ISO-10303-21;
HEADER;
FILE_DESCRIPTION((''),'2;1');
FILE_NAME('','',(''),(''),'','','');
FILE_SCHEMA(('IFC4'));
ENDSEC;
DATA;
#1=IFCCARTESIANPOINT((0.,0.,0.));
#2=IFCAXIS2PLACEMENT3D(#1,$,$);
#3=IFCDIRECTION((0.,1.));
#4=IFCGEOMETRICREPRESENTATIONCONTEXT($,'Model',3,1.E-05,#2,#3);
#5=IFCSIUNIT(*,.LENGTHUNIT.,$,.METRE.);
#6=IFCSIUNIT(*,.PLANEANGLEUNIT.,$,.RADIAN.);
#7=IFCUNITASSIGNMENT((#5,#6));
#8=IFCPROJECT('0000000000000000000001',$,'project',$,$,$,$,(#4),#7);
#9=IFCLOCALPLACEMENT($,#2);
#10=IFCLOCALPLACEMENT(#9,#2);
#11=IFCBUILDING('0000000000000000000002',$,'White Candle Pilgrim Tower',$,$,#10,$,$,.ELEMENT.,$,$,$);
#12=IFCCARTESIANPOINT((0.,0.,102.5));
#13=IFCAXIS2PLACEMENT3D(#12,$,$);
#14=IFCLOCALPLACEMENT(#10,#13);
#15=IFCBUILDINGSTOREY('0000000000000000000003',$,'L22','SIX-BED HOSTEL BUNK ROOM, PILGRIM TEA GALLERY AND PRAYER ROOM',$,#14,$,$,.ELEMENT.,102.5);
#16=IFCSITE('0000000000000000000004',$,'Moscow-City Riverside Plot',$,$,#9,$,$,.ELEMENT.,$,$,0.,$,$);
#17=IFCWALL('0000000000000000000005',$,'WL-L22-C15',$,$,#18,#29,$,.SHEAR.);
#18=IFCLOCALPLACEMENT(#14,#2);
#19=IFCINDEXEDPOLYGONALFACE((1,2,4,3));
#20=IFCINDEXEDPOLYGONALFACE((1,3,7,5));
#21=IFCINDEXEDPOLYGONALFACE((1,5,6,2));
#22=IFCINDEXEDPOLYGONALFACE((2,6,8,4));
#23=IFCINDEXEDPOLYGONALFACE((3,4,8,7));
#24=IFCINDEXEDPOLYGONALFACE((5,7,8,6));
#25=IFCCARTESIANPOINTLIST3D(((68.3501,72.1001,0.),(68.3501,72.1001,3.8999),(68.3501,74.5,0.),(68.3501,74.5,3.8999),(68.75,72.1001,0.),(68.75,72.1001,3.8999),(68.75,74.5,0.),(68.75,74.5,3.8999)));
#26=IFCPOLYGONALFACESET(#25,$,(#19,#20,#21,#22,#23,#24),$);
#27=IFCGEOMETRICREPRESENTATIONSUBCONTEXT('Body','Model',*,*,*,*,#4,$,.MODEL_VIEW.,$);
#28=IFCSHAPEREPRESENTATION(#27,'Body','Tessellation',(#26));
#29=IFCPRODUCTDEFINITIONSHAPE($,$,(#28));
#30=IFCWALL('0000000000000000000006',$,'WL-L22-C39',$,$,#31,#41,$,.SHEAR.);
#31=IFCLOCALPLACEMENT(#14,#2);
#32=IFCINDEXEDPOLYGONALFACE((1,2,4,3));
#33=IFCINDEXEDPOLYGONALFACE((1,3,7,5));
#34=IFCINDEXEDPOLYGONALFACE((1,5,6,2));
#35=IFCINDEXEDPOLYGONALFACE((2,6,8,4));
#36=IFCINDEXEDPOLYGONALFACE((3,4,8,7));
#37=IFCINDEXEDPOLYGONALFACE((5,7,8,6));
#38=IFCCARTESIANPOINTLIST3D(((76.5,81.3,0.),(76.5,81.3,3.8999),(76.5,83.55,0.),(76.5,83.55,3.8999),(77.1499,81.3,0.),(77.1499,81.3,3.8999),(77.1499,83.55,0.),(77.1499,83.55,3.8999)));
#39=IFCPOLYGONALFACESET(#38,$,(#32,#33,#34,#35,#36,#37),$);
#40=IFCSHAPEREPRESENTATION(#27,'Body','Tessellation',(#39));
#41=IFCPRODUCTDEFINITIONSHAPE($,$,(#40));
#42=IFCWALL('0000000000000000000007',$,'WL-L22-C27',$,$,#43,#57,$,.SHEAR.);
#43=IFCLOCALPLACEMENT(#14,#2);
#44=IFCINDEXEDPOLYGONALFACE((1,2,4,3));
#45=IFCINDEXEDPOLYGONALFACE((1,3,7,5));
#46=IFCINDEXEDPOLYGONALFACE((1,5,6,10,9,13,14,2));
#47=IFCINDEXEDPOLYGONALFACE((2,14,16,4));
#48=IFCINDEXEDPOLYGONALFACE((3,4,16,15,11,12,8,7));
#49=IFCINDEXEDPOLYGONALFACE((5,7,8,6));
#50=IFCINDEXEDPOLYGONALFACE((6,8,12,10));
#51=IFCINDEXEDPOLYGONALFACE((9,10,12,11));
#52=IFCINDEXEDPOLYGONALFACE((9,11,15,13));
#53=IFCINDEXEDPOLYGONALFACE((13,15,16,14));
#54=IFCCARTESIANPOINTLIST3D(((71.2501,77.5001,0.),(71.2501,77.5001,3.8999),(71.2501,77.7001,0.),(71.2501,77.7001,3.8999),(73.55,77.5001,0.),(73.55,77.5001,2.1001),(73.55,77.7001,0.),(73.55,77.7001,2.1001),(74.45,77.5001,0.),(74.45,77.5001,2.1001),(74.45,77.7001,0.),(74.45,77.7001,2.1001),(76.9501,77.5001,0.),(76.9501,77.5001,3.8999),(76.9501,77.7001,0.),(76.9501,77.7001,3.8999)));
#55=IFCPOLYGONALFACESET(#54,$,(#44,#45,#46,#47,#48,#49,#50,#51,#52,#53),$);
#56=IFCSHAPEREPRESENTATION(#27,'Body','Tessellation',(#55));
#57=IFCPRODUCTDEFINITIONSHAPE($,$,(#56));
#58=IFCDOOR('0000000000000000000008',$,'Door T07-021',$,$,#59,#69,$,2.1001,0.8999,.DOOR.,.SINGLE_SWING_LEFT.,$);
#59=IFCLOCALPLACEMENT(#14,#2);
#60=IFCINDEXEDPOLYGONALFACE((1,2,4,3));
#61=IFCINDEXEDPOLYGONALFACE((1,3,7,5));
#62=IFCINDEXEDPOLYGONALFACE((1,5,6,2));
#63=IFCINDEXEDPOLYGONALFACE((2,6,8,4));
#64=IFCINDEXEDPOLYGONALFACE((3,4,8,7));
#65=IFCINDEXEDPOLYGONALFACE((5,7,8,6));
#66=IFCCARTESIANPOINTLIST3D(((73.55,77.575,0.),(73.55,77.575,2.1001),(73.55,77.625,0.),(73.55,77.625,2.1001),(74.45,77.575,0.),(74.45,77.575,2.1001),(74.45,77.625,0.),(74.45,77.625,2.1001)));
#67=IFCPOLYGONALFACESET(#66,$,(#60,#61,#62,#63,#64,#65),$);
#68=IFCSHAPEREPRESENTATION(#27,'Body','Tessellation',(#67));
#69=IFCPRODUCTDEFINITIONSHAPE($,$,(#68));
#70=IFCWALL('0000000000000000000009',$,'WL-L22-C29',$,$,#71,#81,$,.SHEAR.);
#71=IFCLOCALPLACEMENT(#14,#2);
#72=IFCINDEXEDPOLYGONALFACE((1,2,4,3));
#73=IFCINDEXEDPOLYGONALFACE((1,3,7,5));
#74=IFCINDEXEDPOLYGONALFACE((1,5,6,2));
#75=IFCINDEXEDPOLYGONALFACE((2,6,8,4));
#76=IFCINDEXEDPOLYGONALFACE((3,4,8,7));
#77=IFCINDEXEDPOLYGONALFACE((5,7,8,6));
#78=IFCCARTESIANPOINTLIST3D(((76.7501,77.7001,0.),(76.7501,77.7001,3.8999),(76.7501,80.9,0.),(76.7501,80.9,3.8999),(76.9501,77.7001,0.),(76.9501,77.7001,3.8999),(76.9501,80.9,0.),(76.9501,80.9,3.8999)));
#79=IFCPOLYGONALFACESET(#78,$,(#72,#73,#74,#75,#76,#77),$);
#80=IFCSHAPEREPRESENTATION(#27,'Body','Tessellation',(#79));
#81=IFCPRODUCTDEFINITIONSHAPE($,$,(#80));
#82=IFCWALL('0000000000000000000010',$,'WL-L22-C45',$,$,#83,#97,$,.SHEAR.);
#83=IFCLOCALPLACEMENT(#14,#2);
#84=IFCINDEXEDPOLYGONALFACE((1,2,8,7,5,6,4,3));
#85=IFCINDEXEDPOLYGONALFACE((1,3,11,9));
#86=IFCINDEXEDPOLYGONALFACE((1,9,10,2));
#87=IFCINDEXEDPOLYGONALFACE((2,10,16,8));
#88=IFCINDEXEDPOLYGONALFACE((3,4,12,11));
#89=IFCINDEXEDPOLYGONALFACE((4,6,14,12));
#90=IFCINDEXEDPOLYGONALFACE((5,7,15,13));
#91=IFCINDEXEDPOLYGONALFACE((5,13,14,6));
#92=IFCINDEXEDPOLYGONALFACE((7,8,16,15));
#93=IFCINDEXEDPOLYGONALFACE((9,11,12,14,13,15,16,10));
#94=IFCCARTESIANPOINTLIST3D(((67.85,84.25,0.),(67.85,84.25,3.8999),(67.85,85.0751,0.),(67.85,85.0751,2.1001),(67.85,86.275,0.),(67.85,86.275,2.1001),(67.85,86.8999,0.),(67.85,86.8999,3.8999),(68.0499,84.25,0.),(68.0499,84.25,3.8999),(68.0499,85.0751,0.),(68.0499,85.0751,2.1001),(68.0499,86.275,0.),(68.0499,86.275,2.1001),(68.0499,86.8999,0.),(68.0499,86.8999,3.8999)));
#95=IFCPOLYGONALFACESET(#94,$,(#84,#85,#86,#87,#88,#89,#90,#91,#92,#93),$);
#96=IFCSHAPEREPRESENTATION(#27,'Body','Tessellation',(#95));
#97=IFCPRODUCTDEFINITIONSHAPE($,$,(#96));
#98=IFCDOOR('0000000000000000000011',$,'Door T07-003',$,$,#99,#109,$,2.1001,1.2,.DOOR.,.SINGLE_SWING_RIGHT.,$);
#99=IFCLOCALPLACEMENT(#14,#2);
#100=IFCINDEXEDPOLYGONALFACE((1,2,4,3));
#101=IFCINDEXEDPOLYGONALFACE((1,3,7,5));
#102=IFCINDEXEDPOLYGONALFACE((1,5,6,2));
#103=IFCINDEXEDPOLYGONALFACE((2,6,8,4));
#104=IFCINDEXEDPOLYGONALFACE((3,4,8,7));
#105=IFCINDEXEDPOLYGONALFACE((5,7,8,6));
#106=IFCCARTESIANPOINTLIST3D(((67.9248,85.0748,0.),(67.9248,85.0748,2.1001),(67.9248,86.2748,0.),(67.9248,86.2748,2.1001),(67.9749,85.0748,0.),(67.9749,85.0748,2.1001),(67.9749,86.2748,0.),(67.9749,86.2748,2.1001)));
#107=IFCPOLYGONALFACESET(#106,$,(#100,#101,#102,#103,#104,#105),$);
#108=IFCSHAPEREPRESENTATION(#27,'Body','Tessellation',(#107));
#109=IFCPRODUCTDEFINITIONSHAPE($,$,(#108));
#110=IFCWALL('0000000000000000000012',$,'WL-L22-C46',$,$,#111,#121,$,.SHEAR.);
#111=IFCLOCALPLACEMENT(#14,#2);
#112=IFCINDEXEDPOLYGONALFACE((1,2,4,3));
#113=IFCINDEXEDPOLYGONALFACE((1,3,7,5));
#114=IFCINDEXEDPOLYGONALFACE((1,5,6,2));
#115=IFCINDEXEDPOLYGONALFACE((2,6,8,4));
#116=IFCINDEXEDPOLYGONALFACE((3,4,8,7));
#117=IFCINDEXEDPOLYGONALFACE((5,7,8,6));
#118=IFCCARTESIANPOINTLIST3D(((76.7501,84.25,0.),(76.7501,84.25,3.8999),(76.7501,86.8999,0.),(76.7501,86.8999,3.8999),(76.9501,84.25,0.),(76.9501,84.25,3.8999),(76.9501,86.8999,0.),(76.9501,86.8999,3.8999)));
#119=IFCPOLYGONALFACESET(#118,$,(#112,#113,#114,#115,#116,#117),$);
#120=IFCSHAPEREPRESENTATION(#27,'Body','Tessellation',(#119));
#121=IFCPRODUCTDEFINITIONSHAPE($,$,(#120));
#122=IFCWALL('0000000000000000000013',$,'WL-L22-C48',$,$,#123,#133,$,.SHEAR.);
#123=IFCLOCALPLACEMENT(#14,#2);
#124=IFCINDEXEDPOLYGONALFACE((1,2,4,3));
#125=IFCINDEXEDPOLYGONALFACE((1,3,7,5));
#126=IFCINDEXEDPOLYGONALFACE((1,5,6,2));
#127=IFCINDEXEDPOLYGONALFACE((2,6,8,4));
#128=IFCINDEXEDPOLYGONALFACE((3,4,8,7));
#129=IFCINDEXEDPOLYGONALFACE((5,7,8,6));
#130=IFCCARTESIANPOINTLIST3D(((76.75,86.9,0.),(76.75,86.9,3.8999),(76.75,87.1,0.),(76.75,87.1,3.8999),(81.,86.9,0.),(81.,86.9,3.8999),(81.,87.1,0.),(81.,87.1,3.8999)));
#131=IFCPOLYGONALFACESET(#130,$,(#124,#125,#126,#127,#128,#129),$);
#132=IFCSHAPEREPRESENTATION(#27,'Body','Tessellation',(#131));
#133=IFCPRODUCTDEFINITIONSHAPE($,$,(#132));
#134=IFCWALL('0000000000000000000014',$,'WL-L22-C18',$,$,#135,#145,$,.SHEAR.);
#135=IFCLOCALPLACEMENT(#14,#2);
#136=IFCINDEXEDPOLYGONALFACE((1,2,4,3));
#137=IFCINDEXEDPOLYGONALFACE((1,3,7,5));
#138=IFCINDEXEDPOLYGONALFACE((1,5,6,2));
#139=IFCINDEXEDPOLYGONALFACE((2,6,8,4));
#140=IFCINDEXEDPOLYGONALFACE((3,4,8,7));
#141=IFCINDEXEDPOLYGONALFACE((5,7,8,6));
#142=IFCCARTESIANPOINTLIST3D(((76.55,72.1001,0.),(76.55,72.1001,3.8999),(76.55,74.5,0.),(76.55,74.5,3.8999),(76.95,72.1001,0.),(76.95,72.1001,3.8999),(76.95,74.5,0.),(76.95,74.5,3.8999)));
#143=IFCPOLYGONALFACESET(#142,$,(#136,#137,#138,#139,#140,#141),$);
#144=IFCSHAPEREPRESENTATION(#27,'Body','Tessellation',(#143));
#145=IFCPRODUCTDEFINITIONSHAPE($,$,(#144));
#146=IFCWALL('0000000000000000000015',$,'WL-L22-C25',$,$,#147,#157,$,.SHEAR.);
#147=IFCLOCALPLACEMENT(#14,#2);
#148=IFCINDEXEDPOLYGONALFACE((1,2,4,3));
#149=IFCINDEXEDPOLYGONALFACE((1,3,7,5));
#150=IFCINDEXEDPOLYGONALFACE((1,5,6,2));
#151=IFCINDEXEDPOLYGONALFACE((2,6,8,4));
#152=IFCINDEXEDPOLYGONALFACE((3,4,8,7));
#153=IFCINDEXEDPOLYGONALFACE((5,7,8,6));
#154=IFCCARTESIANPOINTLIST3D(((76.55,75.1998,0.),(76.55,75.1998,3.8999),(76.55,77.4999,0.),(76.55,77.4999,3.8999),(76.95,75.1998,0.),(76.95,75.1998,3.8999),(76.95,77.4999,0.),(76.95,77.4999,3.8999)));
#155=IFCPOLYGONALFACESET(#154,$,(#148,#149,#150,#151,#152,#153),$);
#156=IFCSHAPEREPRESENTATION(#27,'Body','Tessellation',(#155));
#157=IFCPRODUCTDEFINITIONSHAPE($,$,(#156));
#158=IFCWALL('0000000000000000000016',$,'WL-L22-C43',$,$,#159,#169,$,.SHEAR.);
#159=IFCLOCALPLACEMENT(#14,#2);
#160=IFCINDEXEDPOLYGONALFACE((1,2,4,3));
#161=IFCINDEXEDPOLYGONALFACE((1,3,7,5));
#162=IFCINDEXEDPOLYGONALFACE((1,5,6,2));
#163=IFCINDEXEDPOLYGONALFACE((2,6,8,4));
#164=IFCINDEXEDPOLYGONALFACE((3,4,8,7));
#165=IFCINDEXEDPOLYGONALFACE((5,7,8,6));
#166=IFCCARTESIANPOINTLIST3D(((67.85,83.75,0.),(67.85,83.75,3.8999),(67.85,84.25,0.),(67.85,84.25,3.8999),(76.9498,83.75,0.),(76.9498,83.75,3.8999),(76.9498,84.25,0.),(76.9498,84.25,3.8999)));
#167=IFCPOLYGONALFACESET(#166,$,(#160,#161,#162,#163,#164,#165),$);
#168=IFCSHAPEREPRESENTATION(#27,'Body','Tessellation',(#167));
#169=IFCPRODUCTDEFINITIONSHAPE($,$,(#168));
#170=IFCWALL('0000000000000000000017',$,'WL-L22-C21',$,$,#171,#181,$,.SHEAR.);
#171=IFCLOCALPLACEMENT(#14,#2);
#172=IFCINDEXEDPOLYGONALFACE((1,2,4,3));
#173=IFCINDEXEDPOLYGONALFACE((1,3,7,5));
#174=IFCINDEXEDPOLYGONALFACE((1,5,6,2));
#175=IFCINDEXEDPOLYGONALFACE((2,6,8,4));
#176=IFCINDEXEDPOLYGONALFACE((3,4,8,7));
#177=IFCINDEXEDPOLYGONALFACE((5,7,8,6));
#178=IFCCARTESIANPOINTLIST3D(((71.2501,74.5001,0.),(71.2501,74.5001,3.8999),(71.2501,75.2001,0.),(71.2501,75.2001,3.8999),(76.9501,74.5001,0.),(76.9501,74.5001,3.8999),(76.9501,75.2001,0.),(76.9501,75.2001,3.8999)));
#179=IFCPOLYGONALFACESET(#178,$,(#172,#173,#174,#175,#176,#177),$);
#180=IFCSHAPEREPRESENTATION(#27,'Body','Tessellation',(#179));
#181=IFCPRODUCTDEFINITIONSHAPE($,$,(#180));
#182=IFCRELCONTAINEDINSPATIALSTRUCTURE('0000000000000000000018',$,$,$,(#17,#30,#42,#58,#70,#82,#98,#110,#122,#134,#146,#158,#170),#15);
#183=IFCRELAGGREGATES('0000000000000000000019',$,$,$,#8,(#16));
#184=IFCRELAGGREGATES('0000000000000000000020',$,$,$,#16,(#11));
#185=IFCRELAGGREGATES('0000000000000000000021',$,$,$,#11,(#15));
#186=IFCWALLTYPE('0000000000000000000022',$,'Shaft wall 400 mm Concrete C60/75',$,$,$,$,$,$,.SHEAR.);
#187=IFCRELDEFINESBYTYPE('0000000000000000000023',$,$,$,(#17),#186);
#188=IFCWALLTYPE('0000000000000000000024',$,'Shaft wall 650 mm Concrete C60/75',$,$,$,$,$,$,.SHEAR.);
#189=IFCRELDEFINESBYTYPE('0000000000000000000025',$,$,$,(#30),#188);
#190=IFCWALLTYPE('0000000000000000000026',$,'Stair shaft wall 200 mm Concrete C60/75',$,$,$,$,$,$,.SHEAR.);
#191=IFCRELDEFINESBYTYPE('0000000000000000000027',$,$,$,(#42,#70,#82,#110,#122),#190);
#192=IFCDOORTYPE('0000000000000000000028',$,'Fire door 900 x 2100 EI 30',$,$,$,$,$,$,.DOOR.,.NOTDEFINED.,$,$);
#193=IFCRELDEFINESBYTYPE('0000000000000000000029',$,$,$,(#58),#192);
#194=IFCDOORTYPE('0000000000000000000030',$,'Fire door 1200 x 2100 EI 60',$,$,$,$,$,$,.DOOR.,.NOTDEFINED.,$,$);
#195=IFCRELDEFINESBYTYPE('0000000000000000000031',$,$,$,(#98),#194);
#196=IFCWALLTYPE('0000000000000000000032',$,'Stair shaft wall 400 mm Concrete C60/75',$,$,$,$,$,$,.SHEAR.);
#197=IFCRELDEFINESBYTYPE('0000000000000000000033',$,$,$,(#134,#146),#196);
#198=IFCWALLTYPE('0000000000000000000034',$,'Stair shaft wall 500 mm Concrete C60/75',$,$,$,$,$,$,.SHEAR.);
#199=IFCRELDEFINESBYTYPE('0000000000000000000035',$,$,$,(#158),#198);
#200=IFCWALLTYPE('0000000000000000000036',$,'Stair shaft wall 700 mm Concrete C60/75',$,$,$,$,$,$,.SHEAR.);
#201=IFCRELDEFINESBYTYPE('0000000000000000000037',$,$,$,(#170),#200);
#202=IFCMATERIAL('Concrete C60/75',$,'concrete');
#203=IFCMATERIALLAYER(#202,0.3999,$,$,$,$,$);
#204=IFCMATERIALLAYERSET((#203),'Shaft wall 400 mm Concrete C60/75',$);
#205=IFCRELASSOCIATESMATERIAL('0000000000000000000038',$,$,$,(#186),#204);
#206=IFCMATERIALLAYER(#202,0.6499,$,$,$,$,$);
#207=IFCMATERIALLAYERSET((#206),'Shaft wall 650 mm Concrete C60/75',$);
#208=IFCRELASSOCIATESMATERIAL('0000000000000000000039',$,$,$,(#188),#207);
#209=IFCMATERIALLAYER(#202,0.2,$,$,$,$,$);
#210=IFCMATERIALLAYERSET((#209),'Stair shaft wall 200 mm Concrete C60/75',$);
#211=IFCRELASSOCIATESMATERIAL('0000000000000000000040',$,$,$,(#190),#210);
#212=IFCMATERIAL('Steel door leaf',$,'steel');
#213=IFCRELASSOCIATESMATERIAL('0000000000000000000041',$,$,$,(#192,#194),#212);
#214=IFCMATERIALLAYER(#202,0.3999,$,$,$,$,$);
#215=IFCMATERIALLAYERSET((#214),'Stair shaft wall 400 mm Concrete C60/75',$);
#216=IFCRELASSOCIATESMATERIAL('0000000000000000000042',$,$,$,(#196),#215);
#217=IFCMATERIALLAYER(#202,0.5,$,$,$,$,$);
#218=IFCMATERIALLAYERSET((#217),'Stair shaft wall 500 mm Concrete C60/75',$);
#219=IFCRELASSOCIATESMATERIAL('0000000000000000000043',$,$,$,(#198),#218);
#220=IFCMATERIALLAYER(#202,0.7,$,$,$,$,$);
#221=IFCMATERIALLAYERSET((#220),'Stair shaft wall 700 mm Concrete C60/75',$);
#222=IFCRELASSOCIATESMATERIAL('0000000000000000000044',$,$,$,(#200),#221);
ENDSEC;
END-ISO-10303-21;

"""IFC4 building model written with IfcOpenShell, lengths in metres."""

from ifc_helpers import new_model, si_unit, direction, frame, frame_2d, origin, place, context, subcontext, project, spatial, rectangle, extrude, material, layer, layer_set, type_object, element, fill, save


model = new_model("IFC4")

# Units and contexts
model_context = context("Model", 3, precision=1e-05, world=origin(), true_north=direction((0.0, 1.0)))
body_context = subcontext(model_context, "Body", "Model", "MODEL_VIEW")
ifc_project = project(units=[si_unit("LENGTHUNIT", "METRE"), si_unit("PLANEANGLEUNIT", "RADIAN")], contexts=[model_context])

# Site, building, storey
site_placement = place(None, origin())
site = spatial("IfcSite", under=ifc_project, at=site_placement, Name="Moscow-City Riverside Plot", CompositionType="ELEMENT", RefElevation=0.0)
building_placement = place(site_placement, origin())
building = spatial("IfcBuilding", under=site, at=building_placement, Name="White Candle Pilgrim Tower", CompositionType="ELEMENT")
storey_placement = place(building_placement, frame((0.0, 0.0, 102.5)))
storey = spatial("IfcBuildingStorey", under=building, at=storey_placement, Name="L22", Description="SIX-BED HOSTEL BUNK ROOM, PILGRIM TEA GALLERY AND PRAYER ROOM", CompositionType="ELEMENT", Elevation=102.5)

# Walls
ifc_material_1 = material(Name="Concrete C60/75", Category="concrete")
ifc_layer_1 = layer(ifc_material_1, 0.3999)
ifc_layer_set_1 = layer_set([ifc_layer_1], Name="Shaft wall 400 mm Concrete C60/75")
wall_type_1 = type_object("IfcWallType", Name="Shaft wall 400 mm Concrete C60/75", PredefinedType="SHEAR", material=ifc_layer_set_1)
wall_1_placement = place(storey_placement, frame((68.55, 72.1001, 0.0), z_axis=(0.0, 0.0, 1.0), x_axis=(0.0, 1.0, 0.0)))
element("IfcWall", 1, at=wall_1_placement, inside=storey, type_object=wall_type_1, Name="WL-L22-C15", PredefinedType="SHEAR", context=body_context, shape_type="SweptSolid", body=[
    extrude(rectangle(XDim=2.3999, YDim=0.3999, at=frame_2d((1.2, 0.0))), origin(), (0.0, 0.0, 1.0), 3.8999),
])
ifc_layer_2 = layer(ifc_material_1, 0.6499)
ifc_layer_set_2 = layer_set([ifc_layer_2], Name="Shaft wall 650 mm Concrete C60/75")
wall_type_2 = type_object("IfcWallType", Name="Shaft wall 650 mm Concrete C60/75", PredefinedType="SHEAR", material=ifc_layer_set_2)
wall_2_placement = place(storey_placement, frame((76.825, 81.3, 0.0), z_axis=(0.0, 0.0, 1.0), x_axis=(0.0, 1.0, 0.0)))
element("IfcWall", 2, at=wall_2_placement, inside=storey, type_object=wall_type_2, Name="WL-L22-C39", PredefinedType="SHEAR", context=body_context, shape_type="SweptSolid", body=[
    extrude(rectangle(XDim=2.25, YDim=0.6499, at=frame_2d((1.125, 0.0))), origin(), (0.0, 0.0, 1.0), 3.8999),
])

# Wall, opening, door
ifc_layer_3 = layer(ifc_material_1, 0.2)
ifc_layer_set_3 = layer_set([ifc_layer_3], Name="Stair shaft wall 200 mm Concrete C60/75")
wall_type_3 = type_object("IfcWallType", Name="Stair shaft wall 200 mm Concrete C60/75", PredefinedType="SHEAR", material=ifc_layer_set_3)
wall_3_placement = place(storey_placement, frame((71.25, 77.6001, 0.0), z_axis=(0.0, 0.0, 1.0), x_axis=(1.0, 0.0, 0.0)))
wall_3 = element("IfcWall", 3, at=wall_3_placement, inside=storey, type_object=wall_type_3, Name="WL-L22-C27", PredefinedType="SHEAR", context=body_context, shape_type="SweptSolid", body=[
    extrude(rectangle(XDim=5.7, YDim=0.2, at=frame_2d((2.8501, 0.0))), origin(), (0.0, 0.0, 1.0), 3.8999),
])
opening_1_placement = place(wall_3_placement, frame((2.3, 0.0, 0.0)))
opening_1 = element("IfcOpeningElement", 4, at=opening_1_placement, cuts=wall_3, PredefinedType="OPENING", context=body_context, shape_type="SweptSolid", body=[
    extrude(rectangle(XDim=0.8999, YDim=2.1001, at=frame_2d((0.45, 1.05))), frame((0.0, 0.1099, 0.0), z_axis=(0.0, -1.0, 0.0), x_axis=(1.0, 0.0, 0.0)), (0.0, 0.0, 1.0), 0.22),
])
ifc_material_2 = material(Name="Steel door leaf", Category="steel")
door_type_1 = type_object("IfcDoorType", Name="Fire door 900 x 2100 EI 30", OperationType="NOTDEFINED", PredefinedType="DOOR", material=ifc_material_2)
door_1_placement = place(opening_1_placement, origin())
door_1 = element("IfcDoor", 5, at=door_1_placement, inside=storey, type_object=door_type_1, Name="Door T07-021", OperationType="SINGLE_SWING_LEFT", OverallHeight=2.1001, OverallWidth=0.8999, PredefinedType="DOOR", context=body_context, shape_type="SweptSolid", body=[
    extrude(rectangle(XDim=0.8999, YDim=2.1001, at=frame_2d((0.45, 1.05))), frame((0.0, 0.0249, 0.0), z_axis=(0.0, -1.0, 0.0), x_axis=(1.0, 0.0, 0.0)), (0.0, 0.0, 1.0), 0.05),
])
fill(opening_1, door_1)

# Wall
wall_4_placement = place(storey_placement, frame((76.8501, 77.7, 0.0), z_axis=(0.0, 0.0, 1.0), x_axis=(0.0, 1.0, 0.0)))
element("IfcWall", 6, at=wall_4_placement, inside=storey, type_object=wall_type_3, Name="WL-L22-C29", PredefinedType="SHEAR", context=body_context, shape_type="SweptSolid", body=[
    extrude(rectangle(XDim=3.2, YDim=0.2, at=frame_2d((1.6001, 0.0))), origin(), (0.0, 0.0, 1.0), 3.8999),
])

# Wall, opening, door
wall_5_placement = place(storey_placement, frame((67.95, 84.25, 0.0), z_axis=(0.0, 0.0, 1.0), x_axis=(0.0, 1.0, 0.0)))
wall_5 = element("IfcWall", 7, at=wall_5_placement, inside=storey, type_object=wall_type_3, Name="WL-L22-C45", PredefinedType="SHEAR", context=body_context, shape_type="SweptSolid", body=[
    extrude(rectangle(XDim=2.6499, YDim=0.2, at=frame_2d((1.325, 0.0))), origin(), (0.0, 0.0, 1.0), 3.8999),
])
opening_2_placement = place(wall_5_placement, frame((0.825, 0.0, 0.0)))
opening_2 = element("IfcOpeningElement", 8, at=opening_2_placement, cuts=wall_5, PredefinedType="OPENING", context=body_context, shape_type="SweptSolid", body=[
    extrude(rectangle(XDim=1.2, YDim=2.1001, at=frame_2d((0.6001, 1.05))), frame((0.0, 0.1099, 0.0), z_axis=(0.0, -1.0, 0.0), x_axis=(1.0, 0.0, 0.0)), (0.0, 0.0, 1.0), 0.22),
])
door_type_2 = type_object("IfcDoorType", Name="Fire door 1200 x 2100 EI 60", OperationType="NOTDEFINED", PredefinedType="DOOR", material=ifc_material_2)
door_2_placement = place(opening_2_placement, frame((1.2, 0.0, 0.0), z_axis=(0.0, 0.0, 1.0), x_axis=(-1.0, 0.0, 0.0)))
door_2 = element("IfcDoor", 9, at=door_2_placement, inside=storey, type_object=door_type_2, Name="Door T07-003", OperationType="SINGLE_SWING_RIGHT", OverallHeight=2.1001, OverallWidth=1.2, PredefinedType="DOOR", context=body_context, shape_type="SweptSolid", body=[
    extrude(rectangle(XDim=1.2, YDim=2.1001, at=frame_2d((0.6001, 1.05))), frame((0.0, 0.0249, 0.0), z_axis=(0.0, -1.0, 0.0), x_axis=(1.0, 0.0, 0.0)), (0.0, 0.0, 1.0), 0.05),
])
fill(opening_2, door_2)

# Walls
wall_6_placement = place(storey_placement, frame((76.8501, 84.25, 0.0), z_axis=(0.0, 0.0, 1.0), x_axis=(0.0, 1.0, 0.0)))
element("IfcWall", 10, at=wall_6_placement, inside=storey, type_object=wall_type_3, Name="WL-L22-C46", PredefinedType="SHEAR", context=body_context, shape_type="SweptSolid", body=[
    extrude(rectangle(XDim=2.6499, YDim=0.2, at=frame_2d((1.325, 0.0))), origin(), (0.0, 0.0, 1.0), 3.8999),
])
wall_7_placement = place(storey_placement, frame((76.75, 87.0, 0.0), z_axis=(0.0, 0.0, 1.0), x_axis=(1.0, 0.0, 0.0)))
element("IfcWall", 11, at=wall_7_placement, inside=storey, type_object=wall_type_3, Name="WL-L22-C48", PredefinedType="SHEAR", context=body_context, shape_type="SweptSolid", body=[
    extrude(rectangle(XDim=4.25, YDim=0.2, at=frame_2d((2.125, 0.0))), origin(), (0.0, 0.0, 1.0), 3.8999),
])
ifc_layer_4 = layer(ifc_material_1, 0.3999)
ifc_layer_set_4 = layer_set([ifc_layer_4], Name="Stair shaft wall 400 mm Concrete C60/75")
wall_type_4 = type_object("IfcWallType", Name="Stair shaft wall 400 mm Concrete C60/75", PredefinedType="SHEAR", material=ifc_layer_set_4)
wall_8_placement = place(storey_placement, frame((76.75, 72.1001, 0.0), z_axis=(0.0, 0.0, 1.0), x_axis=(0.0, 1.0, 0.0)))
element("IfcWall", 12, at=wall_8_placement, inside=storey, type_object=wall_type_4, Name="WL-L22-C18", PredefinedType="SHEAR", context=body_context, shape_type="SweptSolid", body=[
    extrude(rectangle(XDim=2.3999, YDim=0.3999, at=frame_2d((1.2, 0.0))), origin(), (0.0, 0.0, 1.0), 3.8999),
])
wall_9_placement = place(storey_placement, frame((76.75, 75.2, 0.0), z_axis=(0.0, 0.0, 1.0), x_axis=(0.0, 1.0, 0.0)))
element("IfcWall", 13, at=wall_9_placement, inside=storey, type_object=wall_type_4, Name="WL-L22-C25", PredefinedType="SHEAR", context=body_context, shape_type="SweptSolid", body=[
    extrude(rectangle(XDim=2.3, YDim=0.3999, at=frame_2d((1.1499, 0.0))), origin(), (0.0, 0.0, 1.0), 3.8999),
])
ifc_layer_5 = layer(ifc_material_1, 0.5)
ifc_layer_set_5 = layer_set([ifc_layer_5], Name="Stair shaft wall 500 mm Concrete C60/75")
wall_type_5 = type_object("IfcWallType", Name="Stair shaft wall 500 mm Concrete C60/75", PredefinedType="SHEAR", material=ifc_layer_set_5)
wall_10_placement = place(storey_placement, frame((67.8501, 84.0, 0.0), z_axis=(0.0, 0.0, 1.0), x_axis=(1.0, 0.0, 0.0)))
element("IfcWall", 14, at=wall_10_placement, inside=storey, type_object=wall_type_5, Name="WL-L22-C43", PredefinedType="SHEAR", context=body_context, shape_type="SweptSolid", body=[
    extrude(rectangle(XDim=9.0999, YDim=0.5, at=frame_2d((4.5498, 0.0))), origin(), (0.0, 0.0, 1.0), 3.8999),
])
ifc_layer_6 = layer(ifc_material_1, 0.7)
ifc_layer_set_6 = layer_set([ifc_layer_6], Name="Stair shaft wall 700 mm Concrete C60/75")
wall_type_6 = type_object("IfcWallType", Name="Stair shaft wall 700 mm Concrete C60/75", PredefinedType="SHEAR", material=ifc_layer_set_6)
wall_11_placement = place(storey_placement, frame((71.25, 74.8501, 0.0), z_axis=(0.0, 0.0, 1.0), x_axis=(1.0, 0.0, 0.0)))
element("IfcWall", 15, at=wall_11_placement, inside=storey, type_object=wall_type_6, Name="WL-L22-C21", PredefinedType="SHEAR", context=body_context, shape_type="SweptSolid", body=[
    extrude(rectangle(XDim=5.7, YDim=0.7, at=frame_2d((2.8501, 0.0))), origin(), (0.0, 0.0, 1.0), 3.8999),
])

save(model, "model.ifc")
